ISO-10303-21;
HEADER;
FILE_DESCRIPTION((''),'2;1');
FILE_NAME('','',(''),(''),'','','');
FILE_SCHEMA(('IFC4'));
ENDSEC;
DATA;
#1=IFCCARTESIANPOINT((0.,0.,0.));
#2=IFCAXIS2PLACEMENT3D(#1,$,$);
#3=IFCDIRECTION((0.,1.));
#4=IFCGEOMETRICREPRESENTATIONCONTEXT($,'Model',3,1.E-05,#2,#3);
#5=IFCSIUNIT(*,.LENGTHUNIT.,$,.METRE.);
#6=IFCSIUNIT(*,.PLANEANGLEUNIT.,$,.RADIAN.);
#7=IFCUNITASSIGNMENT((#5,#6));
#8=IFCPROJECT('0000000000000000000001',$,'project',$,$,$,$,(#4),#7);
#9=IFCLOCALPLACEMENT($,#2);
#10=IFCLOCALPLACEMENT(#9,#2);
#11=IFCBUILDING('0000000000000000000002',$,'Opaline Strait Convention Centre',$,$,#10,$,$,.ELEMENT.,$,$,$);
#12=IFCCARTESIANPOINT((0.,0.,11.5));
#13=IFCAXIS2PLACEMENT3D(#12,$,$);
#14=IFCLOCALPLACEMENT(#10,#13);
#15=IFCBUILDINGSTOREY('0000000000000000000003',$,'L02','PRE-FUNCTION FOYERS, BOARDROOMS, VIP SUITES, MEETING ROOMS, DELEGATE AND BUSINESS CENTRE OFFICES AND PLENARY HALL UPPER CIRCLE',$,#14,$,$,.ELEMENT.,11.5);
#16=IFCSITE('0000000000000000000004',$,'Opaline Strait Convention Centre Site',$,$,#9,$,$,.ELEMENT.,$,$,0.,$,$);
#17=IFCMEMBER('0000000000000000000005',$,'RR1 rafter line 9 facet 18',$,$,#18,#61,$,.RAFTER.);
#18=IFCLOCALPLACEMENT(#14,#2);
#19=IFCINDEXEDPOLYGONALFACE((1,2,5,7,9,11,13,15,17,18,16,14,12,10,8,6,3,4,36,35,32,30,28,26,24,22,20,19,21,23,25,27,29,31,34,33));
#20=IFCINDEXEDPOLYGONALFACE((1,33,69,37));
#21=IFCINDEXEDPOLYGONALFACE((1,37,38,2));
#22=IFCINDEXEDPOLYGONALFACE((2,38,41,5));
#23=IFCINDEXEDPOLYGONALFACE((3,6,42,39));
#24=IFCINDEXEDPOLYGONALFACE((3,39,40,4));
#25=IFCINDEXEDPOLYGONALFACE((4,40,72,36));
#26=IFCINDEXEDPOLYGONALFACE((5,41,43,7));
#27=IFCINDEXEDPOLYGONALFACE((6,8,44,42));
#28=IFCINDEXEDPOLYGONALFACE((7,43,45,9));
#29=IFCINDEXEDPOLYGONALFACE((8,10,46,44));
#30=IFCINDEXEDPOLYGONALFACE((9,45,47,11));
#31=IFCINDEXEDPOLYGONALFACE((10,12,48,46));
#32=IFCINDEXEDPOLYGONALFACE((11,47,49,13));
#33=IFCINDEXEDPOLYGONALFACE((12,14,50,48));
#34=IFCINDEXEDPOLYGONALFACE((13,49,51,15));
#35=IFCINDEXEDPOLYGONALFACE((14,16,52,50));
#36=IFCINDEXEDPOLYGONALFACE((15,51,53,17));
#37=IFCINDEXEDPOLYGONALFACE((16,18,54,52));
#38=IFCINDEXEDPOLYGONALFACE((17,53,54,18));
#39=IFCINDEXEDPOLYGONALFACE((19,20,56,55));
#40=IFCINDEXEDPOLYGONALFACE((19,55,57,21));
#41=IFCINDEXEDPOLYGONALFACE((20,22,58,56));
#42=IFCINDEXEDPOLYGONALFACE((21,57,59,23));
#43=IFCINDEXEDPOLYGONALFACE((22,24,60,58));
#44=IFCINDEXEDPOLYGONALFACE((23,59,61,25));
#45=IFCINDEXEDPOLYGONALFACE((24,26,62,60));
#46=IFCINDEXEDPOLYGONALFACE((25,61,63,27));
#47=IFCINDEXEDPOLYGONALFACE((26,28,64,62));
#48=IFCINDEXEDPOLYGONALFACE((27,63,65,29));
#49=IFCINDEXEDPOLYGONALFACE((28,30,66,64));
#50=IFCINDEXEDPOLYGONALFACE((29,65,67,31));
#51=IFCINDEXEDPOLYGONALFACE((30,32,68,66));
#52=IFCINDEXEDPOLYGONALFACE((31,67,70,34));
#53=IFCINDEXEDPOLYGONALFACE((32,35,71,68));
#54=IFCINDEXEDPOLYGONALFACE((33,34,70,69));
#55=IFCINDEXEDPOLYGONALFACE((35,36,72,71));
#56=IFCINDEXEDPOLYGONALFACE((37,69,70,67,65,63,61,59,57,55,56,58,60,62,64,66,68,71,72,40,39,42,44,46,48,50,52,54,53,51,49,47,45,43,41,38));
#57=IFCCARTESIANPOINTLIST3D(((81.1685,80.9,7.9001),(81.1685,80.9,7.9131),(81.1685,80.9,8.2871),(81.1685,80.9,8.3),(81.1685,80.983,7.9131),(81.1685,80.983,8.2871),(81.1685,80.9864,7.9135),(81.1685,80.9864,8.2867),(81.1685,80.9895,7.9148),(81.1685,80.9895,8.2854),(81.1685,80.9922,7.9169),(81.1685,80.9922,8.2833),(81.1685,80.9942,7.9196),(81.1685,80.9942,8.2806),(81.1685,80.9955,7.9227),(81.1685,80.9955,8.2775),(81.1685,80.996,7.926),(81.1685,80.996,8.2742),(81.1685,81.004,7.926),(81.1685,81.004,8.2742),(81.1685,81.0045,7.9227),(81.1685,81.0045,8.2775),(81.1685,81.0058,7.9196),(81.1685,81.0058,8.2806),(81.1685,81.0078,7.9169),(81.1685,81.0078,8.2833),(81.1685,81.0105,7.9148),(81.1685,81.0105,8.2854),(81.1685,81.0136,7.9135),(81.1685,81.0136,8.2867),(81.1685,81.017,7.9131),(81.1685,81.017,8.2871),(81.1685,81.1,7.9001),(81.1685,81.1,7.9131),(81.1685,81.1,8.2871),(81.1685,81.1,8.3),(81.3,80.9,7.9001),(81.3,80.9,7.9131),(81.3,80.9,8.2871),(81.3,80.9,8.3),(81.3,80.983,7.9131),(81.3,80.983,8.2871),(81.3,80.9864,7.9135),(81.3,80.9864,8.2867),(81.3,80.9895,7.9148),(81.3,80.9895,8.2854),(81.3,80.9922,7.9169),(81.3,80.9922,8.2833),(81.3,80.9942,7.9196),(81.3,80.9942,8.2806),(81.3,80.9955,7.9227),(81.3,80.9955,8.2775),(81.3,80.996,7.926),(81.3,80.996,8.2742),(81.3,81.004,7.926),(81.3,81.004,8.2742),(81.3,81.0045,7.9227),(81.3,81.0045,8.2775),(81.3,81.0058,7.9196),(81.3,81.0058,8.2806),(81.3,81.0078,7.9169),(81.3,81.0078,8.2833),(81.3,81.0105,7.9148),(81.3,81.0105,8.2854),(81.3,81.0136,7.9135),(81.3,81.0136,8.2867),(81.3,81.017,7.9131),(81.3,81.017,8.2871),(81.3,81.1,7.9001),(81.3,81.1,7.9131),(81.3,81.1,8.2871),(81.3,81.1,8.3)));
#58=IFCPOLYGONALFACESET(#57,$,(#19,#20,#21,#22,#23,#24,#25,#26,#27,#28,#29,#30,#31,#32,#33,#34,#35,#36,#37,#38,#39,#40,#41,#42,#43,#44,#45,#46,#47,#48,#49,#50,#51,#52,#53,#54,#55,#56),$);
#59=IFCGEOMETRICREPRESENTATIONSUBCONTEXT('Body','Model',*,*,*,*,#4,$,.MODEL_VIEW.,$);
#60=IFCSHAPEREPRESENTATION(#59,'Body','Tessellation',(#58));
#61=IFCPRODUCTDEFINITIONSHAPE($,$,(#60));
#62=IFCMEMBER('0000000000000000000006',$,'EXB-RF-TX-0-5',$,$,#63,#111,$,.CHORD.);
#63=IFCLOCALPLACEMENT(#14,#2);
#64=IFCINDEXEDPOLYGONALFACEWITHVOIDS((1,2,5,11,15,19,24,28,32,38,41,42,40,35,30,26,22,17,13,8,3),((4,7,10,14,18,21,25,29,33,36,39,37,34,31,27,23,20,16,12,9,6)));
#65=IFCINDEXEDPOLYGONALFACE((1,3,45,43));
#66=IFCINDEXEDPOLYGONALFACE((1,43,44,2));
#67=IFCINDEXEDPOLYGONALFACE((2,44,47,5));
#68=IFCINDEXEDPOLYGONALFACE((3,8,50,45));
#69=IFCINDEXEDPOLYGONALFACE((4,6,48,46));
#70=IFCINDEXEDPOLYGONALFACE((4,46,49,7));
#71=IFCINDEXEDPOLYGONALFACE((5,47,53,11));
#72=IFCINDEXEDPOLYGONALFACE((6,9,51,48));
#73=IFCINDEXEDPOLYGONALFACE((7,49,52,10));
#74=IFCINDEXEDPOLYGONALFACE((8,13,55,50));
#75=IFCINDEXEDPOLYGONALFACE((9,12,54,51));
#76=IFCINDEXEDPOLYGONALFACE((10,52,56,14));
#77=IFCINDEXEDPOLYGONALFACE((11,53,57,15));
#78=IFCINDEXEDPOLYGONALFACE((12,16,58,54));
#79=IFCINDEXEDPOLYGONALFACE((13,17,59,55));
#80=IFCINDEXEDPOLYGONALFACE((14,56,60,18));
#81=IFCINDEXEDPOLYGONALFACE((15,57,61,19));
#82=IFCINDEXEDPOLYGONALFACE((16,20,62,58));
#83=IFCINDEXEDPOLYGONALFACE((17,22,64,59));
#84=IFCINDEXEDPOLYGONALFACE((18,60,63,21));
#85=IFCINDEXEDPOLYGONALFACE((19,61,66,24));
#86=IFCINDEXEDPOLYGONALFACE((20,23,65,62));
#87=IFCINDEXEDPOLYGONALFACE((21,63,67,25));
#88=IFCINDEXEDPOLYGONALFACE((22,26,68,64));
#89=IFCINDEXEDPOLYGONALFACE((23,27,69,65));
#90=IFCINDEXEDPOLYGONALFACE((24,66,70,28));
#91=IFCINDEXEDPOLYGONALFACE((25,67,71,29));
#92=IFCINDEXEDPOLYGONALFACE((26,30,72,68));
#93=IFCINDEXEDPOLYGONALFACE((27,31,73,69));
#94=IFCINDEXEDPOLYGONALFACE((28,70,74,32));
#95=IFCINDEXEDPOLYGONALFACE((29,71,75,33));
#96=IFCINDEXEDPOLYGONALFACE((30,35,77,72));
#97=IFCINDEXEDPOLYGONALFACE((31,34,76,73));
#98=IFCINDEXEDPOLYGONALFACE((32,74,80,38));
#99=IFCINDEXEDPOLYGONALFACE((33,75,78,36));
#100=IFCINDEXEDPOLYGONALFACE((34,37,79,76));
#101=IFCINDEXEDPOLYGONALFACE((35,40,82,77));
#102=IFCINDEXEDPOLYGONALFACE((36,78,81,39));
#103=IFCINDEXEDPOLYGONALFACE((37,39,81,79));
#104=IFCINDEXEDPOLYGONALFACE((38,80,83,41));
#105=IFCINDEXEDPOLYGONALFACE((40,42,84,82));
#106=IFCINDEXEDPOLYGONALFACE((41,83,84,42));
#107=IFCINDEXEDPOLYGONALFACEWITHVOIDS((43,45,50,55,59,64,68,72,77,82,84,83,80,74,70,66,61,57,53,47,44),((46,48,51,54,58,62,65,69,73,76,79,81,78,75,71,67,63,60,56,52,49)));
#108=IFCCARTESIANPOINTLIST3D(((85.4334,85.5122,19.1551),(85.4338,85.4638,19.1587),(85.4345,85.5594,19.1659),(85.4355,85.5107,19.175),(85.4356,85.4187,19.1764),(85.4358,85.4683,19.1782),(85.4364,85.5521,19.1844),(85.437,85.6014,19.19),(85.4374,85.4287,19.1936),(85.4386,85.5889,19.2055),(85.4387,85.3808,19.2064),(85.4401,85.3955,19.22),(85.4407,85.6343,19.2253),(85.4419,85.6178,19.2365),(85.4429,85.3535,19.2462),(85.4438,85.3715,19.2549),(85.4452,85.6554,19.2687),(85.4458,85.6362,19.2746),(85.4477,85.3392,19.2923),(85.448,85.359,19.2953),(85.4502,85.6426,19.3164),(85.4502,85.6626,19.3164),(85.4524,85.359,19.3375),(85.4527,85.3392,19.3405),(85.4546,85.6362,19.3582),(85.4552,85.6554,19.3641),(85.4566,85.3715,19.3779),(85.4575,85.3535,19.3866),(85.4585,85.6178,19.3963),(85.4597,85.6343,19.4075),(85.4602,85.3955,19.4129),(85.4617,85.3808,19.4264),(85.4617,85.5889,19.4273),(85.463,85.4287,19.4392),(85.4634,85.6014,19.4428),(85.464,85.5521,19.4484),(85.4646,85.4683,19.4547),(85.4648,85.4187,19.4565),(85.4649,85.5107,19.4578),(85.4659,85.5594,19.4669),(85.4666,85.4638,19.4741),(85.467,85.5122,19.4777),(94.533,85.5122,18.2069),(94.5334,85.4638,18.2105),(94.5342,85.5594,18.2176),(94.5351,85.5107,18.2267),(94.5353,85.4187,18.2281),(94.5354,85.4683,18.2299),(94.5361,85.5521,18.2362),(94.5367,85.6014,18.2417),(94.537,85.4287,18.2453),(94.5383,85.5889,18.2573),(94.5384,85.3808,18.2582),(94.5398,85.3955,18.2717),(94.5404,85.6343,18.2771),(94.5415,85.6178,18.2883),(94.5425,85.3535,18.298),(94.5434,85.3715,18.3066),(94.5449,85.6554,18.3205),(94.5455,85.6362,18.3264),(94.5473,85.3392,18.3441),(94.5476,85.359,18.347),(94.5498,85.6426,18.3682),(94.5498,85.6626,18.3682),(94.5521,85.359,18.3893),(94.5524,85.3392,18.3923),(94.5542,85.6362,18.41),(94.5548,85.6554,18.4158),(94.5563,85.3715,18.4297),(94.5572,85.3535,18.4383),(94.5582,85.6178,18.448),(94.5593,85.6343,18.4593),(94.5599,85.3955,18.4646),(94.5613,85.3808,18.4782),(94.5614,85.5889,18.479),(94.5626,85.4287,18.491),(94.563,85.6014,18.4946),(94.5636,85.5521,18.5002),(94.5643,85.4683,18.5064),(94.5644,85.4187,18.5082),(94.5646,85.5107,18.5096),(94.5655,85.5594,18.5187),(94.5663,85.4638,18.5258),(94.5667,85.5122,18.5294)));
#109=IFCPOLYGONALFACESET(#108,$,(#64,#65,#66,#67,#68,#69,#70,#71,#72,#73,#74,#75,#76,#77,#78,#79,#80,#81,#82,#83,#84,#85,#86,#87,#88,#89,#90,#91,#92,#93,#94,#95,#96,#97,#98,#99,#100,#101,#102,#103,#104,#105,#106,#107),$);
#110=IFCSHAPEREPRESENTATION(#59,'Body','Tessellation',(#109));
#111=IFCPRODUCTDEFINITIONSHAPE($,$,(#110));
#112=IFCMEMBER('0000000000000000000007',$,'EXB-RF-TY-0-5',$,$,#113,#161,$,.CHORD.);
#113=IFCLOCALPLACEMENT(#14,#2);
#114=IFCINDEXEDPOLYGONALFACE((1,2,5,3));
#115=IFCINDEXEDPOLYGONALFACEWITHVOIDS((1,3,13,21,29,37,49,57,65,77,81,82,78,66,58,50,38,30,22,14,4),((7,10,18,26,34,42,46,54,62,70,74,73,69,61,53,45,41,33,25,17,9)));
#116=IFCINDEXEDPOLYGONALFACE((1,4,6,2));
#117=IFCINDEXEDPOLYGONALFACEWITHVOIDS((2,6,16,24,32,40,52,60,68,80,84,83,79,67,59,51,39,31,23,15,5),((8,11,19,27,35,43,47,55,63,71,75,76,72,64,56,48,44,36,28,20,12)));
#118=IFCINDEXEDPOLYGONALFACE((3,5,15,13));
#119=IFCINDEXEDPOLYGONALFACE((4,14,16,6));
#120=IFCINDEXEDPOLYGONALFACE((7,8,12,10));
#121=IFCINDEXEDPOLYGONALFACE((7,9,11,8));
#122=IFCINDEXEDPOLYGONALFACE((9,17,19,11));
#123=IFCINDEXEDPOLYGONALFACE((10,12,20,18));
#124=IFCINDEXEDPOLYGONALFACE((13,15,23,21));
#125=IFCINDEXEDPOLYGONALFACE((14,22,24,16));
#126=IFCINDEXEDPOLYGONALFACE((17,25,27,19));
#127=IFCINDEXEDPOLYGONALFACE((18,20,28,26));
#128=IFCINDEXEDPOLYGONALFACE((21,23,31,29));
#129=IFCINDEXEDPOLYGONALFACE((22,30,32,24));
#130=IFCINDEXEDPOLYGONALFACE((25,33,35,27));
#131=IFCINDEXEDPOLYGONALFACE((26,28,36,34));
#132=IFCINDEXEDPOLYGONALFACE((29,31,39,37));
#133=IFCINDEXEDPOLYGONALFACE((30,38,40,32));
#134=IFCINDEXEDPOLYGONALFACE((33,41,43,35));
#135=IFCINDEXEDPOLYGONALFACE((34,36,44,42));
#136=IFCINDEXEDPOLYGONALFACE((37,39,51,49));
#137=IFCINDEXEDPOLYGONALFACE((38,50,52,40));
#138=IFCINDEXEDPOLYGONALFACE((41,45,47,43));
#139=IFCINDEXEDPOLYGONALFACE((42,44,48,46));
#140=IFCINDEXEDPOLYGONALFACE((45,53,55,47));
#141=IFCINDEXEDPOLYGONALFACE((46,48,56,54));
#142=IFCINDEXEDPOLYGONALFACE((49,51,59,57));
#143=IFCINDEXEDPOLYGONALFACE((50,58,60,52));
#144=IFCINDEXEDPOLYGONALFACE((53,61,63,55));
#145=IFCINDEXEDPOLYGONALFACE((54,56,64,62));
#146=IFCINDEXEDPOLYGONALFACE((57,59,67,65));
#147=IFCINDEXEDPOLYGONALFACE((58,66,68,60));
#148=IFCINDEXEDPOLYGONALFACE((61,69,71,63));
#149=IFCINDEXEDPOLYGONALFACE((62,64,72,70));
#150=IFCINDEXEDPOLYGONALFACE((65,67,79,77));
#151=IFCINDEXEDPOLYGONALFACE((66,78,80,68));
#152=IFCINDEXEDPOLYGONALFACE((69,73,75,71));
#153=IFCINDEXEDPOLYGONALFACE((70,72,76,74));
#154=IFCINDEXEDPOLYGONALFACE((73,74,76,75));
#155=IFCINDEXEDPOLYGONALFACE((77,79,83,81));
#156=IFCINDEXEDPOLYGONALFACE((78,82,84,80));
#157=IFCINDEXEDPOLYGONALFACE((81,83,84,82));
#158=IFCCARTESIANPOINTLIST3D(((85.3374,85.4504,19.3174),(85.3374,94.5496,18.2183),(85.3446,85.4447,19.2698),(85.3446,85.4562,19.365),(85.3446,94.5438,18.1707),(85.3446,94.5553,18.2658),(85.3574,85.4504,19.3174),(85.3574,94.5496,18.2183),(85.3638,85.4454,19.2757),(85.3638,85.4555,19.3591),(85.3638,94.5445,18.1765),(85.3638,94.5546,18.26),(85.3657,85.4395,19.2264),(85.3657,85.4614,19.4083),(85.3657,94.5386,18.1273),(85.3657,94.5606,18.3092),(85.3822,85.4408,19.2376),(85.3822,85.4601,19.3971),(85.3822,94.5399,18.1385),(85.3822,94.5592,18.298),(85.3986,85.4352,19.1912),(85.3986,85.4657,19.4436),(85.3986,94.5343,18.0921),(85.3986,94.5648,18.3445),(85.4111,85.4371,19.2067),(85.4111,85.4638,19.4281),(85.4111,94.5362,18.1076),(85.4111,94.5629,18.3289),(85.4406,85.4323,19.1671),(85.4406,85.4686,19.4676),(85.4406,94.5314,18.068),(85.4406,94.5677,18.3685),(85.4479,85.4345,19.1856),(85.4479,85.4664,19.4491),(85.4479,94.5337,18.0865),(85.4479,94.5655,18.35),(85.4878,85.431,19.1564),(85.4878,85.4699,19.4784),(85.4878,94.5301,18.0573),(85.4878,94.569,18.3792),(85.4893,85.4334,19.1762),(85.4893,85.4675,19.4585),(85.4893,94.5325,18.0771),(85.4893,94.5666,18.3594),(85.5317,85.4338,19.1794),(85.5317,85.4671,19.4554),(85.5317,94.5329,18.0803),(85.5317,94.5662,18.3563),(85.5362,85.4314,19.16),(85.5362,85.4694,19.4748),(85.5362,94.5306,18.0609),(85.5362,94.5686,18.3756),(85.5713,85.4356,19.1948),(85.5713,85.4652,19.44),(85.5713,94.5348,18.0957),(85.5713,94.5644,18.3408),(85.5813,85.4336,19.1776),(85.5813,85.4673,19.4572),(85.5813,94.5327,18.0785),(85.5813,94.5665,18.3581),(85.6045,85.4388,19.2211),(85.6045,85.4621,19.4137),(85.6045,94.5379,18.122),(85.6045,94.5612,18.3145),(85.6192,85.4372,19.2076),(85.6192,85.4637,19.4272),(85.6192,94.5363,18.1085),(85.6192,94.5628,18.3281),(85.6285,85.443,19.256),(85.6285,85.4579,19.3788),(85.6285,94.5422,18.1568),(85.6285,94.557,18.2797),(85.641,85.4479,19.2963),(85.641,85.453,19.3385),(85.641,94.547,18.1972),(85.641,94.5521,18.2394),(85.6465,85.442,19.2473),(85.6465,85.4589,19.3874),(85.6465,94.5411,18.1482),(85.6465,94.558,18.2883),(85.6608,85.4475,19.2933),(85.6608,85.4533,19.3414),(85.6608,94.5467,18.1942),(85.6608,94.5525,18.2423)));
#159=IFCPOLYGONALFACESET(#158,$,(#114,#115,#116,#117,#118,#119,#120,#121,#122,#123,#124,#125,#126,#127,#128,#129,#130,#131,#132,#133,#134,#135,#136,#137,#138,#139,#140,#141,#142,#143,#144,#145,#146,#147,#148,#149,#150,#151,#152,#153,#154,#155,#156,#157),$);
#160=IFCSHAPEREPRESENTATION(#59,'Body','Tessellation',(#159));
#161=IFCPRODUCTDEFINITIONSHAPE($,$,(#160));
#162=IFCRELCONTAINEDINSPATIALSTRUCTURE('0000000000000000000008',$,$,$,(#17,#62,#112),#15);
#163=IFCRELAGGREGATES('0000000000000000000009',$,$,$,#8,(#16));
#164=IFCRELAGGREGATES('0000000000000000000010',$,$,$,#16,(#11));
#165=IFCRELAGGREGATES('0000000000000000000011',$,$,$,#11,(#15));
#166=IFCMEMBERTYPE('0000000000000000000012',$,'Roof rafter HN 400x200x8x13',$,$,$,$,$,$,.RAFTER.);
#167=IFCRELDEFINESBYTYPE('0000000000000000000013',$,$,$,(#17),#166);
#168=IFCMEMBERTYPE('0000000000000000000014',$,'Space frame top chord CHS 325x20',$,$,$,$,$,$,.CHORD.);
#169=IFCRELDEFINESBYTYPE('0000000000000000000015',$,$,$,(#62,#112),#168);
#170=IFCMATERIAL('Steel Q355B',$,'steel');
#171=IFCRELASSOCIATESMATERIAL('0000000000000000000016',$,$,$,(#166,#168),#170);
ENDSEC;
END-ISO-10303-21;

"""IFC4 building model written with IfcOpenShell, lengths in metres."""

from ifc_helpers import new_model, si_unit, direction, frame, origin, origin_2d, place, context, subcontext, project, spatial, hollow_circle, i_section, extrude, material, material_profile, profile_set, type_object, element, save


model = new_model("IFC4")

# Units and contexts
model_context = context("Model", 3, precision=1e-05, world=origin(), true_north=direction((0.0, 1.0)))
body_context = subcontext(model_context, "Body", "Model", "MODEL_VIEW")
ifc_project = project(units=[si_unit("LENGTHUNIT", "METRE"), si_unit("PLANEANGLEUNIT", "RADIAN")], contexts=[model_context])

# Site, building, storey
site_placement = place(None, origin())
site = spatial("IfcSite", under=ifc_project, at=site_placement, Name="Opaline Strait Convention Centre Site", CompositionType="ELEMENT", RefElevation=0.0)
building_placement = place(site_placement, origin())
building = spatial("IfcBuilding", under=site, at=building_placement, Name="Opaline Strait Convention Centre", CompositionType="ELEMENT")
storey_placement = place(building_placement, frame((0.0, 0.0, 11.5)))
storey = spatial("IfcBuildingStorey", under=building, at=storey_placement, Name="L02", Description="PRE-FUNCTION FOYERS, BOARDROOMS, VIP SUITES, MEETING ROOMS, DELEGATE AND BUSINESS CENTRE OFFICES AND PLENARY HALL UPPER CIRCLE", CompositionType="ELEMENT", Elevation=11.5)

# Members
ifc_material_1 = material(Name="Steel Q355B", Category="steel")
ifc_material_profile_1 = material_profile(ifc_material_1, i_section(OverallWidth=0.2, OverallDepth=0.3999, WebThickness=0.0081, FlangeThickness=0.0129, FilletRadius=0.0129, at=origin_2d()), Name="HN 400x200x8x13")
ifc_profile_set_1 = profile_set([ifc_material_profile_1], Name="Steel Q355B")
member_type_1 = type_object("IfcMemberType", Name="Roof rafter HN 400x200x8x13", PredefinedType="RAFTER", material=ifc_profile_set_1)
member_1_placement = place(storey_placement, frame((81.1685, 81.0, 8.1001), z_axis=(1.0, 0.0, 0.0), x_axis=(0.0, 1.0, 0.0)))
element("IfcMember", 1, at=member_1_placement, inside=storey, type_object=member_type_1, Name="RR1 rafter line 9 facet 18", PredefinedType="RAFTER", context=body_context, shape_type="SweptSolid", body=[
    extrude(i_section(OverallWidth=0.2, OverallDepth=0.3999, WebThickness=0.0081, FlangeThickness=0.0129, FilletRadius=0.0129, at=origin_2d()), origin(), (0.0, 0.0, 1.0), 0.1316),
])
ifc_material_profile_2 = material_profile(ifc_material_1, hollow_circle(Radius=0.1626, WallThickness=0.02, at=origin_2d()), Name="CHS 325x20")
ifc_profile_set_2 = profile_set([ifc_material_profile_2], Name="Steel Q355B")
member_type_2 = type_object("IfcMemberType", Name="Space frame top chord CHS 325x20", PredefinedType="CHORD", material=ifc_profile_set_2)
member_2_placement = place(storey_placement, frame((85.4502, 85.5, 19.3164), z_axis=(0.994614, 0.0, -0.103646), x_axis=(0.0, 1.0, 0.0)))
element("IfcMember", 2, at=member_2_placement, inside=storey, type_object=member_type_2, Name="EXB-RF-TX-0-5", PredefinedType="CHORD", context=body_context, shape_type="SweptSolid", body=[
    extrude(hollow_circle(Radius=0.1626, WallThickness=0.02, at=origin_2d()), origin(), (0.0, 0.0, 1.0), 9.1489),
])
member_3_placement = place(storey_placement, frame((85.5, 85.4504, 19.3174), z_axis=(0.0, 0.992783, -0.119922), x_axis=(-1.0, 0.0, 0.0)))
element("IfcMember", 3, at=member_3_placement, inside=storey, type_object=member_type_2, Name="EXB-RF-TY-0-5", PredefinedType="CHORD", context=body_context, shape_type="SweptSolid", body=[
    extrude(hollow_circle(Radius=0.1626, WallThickness=0.02, at=origin_2d()), origin(), (0.0, 0.0, 1.0), 9.1653),
])

save(model, "model.ifc")
